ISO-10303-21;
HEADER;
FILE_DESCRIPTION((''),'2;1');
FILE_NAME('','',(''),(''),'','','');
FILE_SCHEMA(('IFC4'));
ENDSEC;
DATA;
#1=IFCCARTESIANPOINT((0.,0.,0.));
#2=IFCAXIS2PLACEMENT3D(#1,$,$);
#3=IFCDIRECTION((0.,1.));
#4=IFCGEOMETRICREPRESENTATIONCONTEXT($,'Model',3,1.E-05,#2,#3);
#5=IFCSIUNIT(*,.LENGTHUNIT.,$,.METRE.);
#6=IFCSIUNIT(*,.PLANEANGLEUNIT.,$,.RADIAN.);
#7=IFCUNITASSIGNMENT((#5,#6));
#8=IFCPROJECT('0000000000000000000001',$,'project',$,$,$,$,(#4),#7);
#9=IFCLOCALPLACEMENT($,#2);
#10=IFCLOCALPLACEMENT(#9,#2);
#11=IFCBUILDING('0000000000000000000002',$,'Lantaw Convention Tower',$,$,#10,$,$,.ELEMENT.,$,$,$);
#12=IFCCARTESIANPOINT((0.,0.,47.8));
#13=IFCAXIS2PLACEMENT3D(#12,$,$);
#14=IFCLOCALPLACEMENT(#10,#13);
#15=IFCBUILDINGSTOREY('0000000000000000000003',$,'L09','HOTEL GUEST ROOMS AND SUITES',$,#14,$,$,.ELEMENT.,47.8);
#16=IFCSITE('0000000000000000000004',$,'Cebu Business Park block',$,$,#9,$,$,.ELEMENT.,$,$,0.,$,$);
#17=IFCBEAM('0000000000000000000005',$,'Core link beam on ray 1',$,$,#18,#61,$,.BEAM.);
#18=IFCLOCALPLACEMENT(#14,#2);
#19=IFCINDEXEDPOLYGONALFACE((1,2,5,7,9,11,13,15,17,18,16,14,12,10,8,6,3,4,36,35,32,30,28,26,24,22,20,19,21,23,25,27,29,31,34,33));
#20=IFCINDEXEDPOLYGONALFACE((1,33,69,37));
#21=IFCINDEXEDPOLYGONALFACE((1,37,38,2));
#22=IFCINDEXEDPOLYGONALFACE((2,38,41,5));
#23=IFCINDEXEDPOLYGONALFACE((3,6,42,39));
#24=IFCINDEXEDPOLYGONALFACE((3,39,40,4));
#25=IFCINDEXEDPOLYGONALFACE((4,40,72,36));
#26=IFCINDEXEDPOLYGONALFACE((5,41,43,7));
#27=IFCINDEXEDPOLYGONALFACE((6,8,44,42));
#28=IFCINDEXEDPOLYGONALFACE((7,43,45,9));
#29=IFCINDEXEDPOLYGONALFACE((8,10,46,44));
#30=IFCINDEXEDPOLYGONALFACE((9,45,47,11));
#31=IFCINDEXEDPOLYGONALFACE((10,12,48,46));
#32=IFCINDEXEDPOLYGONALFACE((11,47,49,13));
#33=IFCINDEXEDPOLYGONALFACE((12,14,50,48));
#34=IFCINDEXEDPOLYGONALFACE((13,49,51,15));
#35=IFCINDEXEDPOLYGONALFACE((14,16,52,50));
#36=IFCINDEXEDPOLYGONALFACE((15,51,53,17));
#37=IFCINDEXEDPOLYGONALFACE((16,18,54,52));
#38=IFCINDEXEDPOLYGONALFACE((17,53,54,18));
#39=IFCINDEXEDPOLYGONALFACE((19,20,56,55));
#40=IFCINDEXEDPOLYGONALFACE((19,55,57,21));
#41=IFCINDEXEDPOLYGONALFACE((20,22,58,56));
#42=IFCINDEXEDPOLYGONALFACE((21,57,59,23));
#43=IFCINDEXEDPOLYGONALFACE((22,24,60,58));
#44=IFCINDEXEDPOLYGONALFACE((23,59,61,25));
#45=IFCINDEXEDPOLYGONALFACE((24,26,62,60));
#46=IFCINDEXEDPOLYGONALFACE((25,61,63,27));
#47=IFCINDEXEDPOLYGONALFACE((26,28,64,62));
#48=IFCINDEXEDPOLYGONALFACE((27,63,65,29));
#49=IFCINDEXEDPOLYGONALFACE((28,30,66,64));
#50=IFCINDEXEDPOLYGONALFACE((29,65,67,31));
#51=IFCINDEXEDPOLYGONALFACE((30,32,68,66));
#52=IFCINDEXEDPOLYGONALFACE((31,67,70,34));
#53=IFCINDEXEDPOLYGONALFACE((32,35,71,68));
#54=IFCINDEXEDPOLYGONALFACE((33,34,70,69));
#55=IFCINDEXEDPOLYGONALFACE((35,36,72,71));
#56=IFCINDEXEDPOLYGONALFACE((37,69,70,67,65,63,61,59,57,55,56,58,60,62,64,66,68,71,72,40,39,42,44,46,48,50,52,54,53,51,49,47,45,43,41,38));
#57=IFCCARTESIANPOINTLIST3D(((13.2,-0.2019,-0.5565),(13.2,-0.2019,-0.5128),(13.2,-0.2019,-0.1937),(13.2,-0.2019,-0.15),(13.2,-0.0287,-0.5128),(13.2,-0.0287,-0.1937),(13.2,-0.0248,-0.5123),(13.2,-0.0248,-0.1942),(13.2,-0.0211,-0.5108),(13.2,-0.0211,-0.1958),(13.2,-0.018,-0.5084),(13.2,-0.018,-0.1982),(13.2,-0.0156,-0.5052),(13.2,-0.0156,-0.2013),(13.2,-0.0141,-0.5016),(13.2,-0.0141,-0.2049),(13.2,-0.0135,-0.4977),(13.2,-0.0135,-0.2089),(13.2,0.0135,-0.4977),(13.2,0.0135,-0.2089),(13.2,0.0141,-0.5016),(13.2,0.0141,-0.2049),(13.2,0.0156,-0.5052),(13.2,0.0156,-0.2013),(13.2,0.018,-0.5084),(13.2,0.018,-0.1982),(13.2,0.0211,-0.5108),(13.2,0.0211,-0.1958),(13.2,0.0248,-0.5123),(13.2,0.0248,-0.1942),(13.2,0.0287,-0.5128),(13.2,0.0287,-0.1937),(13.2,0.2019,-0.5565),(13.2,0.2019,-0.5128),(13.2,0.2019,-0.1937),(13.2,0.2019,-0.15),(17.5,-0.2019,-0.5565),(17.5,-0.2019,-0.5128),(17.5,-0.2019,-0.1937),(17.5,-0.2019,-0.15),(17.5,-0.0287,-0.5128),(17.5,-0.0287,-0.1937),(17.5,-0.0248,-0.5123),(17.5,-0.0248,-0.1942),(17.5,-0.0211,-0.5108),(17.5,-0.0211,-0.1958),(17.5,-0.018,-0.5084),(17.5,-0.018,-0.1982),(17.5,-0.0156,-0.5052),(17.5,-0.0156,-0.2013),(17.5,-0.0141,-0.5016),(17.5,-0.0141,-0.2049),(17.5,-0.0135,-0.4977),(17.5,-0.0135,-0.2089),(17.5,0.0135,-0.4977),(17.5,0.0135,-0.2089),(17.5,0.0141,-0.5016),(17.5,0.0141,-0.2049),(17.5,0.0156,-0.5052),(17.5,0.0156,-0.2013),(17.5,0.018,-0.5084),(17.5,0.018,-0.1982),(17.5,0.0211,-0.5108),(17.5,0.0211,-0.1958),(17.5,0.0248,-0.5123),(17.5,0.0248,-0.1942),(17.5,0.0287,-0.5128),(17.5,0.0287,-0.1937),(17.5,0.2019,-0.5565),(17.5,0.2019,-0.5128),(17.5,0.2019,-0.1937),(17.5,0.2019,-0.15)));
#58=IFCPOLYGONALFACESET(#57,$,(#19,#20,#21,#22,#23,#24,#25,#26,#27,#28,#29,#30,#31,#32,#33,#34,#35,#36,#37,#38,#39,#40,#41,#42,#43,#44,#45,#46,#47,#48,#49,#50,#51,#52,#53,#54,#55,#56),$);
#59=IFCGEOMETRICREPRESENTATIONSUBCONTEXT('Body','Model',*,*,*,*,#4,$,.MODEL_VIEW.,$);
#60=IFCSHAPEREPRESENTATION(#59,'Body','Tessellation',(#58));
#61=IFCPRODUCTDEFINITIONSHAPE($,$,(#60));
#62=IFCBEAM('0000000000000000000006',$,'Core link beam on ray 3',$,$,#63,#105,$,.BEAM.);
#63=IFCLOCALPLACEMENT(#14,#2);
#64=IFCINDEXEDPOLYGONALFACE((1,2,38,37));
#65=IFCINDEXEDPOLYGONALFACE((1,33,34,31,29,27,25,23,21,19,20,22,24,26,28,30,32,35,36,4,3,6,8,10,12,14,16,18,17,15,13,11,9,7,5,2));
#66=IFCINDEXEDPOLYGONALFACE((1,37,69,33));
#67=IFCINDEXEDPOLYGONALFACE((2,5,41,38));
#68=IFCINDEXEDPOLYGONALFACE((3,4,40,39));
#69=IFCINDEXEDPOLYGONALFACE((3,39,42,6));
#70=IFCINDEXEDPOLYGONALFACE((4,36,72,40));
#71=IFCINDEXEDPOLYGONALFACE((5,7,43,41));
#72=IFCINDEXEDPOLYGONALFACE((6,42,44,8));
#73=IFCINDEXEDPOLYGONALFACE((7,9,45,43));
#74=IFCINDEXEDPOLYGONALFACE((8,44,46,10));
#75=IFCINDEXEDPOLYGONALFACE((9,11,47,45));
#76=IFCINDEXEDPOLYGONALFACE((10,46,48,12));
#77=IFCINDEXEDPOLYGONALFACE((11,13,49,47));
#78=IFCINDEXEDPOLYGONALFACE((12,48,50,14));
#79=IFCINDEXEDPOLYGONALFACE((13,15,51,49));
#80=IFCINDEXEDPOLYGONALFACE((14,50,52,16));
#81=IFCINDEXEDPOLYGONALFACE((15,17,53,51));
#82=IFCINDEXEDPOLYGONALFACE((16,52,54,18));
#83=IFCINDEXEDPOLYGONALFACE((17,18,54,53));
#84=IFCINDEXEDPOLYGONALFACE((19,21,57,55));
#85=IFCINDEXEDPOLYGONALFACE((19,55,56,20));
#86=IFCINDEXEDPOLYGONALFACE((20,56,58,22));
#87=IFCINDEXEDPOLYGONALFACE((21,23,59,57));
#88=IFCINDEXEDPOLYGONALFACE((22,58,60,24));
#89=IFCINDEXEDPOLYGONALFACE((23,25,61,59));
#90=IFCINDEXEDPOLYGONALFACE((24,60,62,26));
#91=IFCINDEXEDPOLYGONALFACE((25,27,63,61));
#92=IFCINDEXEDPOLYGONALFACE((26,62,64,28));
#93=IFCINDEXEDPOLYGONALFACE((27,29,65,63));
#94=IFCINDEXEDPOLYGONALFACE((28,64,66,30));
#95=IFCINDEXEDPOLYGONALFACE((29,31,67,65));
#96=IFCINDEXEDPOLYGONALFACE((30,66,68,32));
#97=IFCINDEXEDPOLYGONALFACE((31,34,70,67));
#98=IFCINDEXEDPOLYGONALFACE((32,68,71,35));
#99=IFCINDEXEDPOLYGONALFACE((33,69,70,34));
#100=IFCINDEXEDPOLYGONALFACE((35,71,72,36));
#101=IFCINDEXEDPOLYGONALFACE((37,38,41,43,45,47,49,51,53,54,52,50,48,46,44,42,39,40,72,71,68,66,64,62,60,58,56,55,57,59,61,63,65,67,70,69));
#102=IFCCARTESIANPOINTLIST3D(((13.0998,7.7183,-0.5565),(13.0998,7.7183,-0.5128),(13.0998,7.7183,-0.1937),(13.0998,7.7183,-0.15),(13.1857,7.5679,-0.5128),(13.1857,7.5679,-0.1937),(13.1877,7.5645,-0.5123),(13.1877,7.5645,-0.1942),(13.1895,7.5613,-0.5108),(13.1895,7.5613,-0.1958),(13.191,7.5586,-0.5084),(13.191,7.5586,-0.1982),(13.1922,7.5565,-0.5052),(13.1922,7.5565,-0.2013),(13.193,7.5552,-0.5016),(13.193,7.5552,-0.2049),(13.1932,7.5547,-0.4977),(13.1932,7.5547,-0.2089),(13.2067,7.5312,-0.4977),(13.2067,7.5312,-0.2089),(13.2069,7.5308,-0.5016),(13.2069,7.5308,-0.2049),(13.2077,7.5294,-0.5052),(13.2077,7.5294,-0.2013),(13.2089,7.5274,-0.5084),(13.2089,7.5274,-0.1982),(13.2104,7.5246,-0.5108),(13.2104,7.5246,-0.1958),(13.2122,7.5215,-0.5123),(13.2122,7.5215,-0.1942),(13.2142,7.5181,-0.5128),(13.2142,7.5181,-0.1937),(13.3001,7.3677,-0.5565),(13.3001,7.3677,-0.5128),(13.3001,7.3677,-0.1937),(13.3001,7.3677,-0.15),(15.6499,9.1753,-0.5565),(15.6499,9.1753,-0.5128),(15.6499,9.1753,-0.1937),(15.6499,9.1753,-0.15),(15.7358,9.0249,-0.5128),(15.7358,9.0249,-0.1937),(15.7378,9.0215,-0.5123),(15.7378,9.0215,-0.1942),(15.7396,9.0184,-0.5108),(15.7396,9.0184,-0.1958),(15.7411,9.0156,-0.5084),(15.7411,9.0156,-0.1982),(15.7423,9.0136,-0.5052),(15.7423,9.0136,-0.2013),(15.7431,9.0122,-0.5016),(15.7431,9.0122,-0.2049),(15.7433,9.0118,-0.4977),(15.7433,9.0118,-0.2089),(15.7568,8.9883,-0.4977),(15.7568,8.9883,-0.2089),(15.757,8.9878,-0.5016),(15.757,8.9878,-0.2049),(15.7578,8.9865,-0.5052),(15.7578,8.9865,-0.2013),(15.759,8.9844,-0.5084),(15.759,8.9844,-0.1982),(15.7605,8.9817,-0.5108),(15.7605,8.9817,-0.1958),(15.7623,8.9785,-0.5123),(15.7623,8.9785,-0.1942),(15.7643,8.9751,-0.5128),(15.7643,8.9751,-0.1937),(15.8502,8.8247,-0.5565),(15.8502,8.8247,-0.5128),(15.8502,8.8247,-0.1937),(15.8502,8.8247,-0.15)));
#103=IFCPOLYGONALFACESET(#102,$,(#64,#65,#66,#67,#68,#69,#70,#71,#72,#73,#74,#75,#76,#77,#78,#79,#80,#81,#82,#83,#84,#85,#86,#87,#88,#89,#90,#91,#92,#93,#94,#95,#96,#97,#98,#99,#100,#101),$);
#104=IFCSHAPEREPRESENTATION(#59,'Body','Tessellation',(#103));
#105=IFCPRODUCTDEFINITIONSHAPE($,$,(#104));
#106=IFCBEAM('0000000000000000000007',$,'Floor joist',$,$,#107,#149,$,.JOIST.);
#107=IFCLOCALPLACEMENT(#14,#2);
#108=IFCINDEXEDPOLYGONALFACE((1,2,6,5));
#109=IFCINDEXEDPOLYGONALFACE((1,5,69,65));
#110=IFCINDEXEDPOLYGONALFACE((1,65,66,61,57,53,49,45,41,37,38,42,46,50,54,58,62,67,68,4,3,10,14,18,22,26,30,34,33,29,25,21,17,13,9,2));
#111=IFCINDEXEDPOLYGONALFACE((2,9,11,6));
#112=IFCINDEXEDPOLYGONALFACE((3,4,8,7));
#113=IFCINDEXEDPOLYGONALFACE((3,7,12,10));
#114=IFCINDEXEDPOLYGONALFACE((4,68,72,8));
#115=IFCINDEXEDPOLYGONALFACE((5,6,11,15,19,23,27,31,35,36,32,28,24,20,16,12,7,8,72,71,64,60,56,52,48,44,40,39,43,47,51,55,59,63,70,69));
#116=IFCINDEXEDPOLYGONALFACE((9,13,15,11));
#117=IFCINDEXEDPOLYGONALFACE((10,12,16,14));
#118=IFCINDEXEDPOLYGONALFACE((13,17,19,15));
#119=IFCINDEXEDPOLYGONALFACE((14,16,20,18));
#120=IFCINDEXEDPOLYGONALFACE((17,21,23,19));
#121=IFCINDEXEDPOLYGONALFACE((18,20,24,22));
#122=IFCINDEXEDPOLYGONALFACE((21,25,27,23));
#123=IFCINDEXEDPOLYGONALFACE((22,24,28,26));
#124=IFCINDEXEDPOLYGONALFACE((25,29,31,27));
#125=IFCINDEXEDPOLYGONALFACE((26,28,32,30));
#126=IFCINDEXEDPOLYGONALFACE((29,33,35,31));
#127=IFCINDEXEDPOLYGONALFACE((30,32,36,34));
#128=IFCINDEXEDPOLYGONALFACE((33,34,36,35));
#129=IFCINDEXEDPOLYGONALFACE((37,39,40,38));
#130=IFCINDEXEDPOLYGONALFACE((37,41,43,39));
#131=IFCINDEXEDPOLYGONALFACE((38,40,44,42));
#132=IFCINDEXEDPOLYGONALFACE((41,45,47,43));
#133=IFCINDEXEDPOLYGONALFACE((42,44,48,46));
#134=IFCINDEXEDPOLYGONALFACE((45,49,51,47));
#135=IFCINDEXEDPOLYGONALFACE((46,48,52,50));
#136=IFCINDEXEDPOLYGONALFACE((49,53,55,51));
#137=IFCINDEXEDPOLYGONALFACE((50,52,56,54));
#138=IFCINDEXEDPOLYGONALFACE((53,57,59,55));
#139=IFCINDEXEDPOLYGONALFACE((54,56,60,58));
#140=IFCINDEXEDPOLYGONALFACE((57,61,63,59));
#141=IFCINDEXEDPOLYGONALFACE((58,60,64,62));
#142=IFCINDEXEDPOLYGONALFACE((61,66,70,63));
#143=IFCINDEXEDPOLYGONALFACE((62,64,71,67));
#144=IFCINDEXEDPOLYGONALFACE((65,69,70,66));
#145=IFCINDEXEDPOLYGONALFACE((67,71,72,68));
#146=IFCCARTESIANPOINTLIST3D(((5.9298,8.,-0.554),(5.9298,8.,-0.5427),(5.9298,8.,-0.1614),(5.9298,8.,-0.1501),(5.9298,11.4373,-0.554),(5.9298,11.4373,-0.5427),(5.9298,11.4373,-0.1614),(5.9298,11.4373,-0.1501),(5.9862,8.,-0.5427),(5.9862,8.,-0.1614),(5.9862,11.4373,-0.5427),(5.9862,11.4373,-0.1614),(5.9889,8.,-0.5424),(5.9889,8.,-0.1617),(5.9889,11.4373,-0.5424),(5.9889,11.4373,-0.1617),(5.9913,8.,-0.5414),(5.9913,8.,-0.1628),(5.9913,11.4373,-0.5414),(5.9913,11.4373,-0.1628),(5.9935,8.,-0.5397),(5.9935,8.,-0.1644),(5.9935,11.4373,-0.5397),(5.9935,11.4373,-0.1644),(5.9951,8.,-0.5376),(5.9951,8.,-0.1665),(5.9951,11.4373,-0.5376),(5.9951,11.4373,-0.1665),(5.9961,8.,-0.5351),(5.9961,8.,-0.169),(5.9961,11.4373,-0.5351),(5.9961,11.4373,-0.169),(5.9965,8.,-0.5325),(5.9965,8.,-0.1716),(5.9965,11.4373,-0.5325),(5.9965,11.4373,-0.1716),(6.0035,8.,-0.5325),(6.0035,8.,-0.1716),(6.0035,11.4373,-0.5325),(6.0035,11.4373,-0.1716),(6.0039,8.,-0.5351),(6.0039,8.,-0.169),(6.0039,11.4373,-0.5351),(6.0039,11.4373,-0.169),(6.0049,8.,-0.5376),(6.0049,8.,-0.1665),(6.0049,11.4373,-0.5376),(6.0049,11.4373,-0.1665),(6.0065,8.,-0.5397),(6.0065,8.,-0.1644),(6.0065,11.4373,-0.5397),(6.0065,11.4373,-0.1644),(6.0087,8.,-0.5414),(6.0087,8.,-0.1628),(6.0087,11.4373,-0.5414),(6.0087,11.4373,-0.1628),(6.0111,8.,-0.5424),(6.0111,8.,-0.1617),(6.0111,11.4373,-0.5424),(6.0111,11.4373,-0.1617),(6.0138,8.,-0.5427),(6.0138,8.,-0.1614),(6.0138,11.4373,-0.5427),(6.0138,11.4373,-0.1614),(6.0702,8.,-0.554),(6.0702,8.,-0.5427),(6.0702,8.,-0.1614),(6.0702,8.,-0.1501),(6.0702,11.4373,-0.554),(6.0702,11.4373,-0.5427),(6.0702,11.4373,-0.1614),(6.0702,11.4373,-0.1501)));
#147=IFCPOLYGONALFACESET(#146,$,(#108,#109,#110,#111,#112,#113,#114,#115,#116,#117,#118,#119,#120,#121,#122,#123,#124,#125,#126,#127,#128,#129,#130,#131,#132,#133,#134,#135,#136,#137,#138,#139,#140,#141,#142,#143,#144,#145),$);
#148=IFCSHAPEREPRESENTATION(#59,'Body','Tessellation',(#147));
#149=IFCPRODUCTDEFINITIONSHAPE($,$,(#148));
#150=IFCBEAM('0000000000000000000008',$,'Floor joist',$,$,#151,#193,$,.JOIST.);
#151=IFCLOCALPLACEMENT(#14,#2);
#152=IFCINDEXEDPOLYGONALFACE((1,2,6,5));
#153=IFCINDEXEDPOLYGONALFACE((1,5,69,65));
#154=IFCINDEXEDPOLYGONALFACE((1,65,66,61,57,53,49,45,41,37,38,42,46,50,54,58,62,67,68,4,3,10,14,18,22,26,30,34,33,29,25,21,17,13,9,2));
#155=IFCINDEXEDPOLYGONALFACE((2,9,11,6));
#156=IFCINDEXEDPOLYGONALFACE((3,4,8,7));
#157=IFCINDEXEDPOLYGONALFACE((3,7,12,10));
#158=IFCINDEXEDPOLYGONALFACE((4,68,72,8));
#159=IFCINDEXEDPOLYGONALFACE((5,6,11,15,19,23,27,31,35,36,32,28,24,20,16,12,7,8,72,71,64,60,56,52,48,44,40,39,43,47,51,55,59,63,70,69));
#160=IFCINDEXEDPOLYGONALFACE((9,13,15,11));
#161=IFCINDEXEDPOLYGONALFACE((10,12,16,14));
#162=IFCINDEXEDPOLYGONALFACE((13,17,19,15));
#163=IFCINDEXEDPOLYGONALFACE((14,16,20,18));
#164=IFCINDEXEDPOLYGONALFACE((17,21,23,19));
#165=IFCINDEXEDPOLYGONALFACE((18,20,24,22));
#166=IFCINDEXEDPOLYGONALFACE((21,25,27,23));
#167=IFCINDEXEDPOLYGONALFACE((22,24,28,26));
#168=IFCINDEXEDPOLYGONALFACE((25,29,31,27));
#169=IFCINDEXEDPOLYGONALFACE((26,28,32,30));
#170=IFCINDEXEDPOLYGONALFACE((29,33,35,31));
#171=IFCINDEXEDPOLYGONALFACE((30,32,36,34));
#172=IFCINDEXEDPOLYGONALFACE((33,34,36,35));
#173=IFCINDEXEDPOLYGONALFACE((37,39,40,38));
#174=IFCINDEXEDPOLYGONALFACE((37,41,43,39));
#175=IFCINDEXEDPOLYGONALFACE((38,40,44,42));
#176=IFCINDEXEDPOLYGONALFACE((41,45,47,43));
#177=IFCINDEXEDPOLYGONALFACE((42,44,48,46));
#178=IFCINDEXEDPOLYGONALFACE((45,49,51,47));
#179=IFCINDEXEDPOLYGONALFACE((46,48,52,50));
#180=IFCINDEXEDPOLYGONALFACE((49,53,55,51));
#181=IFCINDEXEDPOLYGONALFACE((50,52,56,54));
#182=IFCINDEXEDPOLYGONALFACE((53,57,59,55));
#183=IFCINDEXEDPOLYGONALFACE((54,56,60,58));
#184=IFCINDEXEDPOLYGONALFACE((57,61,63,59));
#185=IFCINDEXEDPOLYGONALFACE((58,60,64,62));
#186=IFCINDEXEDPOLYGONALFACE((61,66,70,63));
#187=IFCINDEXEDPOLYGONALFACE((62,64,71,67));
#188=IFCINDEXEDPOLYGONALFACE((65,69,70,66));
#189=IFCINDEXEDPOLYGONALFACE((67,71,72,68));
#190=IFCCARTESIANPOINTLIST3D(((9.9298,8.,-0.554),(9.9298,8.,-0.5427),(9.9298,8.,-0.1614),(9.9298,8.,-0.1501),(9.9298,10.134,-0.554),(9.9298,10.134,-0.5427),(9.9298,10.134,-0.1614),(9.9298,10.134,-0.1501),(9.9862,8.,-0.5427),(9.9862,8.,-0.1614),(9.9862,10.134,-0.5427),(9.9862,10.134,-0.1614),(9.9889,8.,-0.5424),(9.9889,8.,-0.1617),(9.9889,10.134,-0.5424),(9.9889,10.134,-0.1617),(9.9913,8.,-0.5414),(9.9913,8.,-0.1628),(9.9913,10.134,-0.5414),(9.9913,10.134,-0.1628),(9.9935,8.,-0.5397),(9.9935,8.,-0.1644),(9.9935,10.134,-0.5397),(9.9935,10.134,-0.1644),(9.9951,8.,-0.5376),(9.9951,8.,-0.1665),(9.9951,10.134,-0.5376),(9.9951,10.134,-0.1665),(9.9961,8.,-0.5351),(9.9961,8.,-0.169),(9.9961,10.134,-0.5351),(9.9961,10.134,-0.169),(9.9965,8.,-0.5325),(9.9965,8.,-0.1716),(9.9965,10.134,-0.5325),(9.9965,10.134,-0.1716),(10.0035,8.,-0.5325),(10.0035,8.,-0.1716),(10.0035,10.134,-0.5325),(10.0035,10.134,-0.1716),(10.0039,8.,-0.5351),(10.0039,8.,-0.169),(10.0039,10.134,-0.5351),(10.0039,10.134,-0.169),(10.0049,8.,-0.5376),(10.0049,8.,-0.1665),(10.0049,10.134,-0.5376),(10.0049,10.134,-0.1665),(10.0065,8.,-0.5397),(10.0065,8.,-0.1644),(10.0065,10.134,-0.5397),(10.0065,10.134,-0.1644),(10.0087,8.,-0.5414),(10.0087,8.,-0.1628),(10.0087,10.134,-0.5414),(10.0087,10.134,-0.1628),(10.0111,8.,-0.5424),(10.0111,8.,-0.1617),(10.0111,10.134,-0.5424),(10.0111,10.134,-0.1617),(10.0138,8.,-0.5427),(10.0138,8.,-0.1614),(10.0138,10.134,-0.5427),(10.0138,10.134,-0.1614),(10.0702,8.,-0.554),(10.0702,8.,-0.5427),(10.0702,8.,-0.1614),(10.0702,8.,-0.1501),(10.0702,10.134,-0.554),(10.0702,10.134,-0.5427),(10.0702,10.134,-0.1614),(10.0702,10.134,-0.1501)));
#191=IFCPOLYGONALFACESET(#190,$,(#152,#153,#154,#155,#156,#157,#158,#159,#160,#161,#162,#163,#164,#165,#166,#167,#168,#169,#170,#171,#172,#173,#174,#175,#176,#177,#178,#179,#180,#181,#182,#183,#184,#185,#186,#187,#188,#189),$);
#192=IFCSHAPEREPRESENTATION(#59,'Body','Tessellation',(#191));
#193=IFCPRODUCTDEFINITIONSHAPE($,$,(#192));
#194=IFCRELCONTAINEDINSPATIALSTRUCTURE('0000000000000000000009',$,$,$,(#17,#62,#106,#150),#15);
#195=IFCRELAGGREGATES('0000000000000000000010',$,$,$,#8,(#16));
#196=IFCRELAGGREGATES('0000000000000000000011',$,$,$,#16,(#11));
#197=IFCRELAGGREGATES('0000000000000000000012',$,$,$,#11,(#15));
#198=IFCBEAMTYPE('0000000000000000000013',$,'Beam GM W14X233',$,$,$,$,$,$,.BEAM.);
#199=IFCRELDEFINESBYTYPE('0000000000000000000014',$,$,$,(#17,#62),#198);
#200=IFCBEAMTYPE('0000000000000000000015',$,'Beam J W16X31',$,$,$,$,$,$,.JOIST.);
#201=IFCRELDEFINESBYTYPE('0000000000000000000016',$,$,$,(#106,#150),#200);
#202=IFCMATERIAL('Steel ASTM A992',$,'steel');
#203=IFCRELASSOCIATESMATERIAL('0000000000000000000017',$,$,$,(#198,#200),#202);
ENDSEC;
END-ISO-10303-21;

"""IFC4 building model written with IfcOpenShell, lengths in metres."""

from ifc_helpers import new_model, si_unit, direction, frame, origin, origin_2d, place, context, subcontext, project, spatial, i_section, extrude, material, material_profile, profile_set, type_object, element, save


model = new_model("IFC4")

# Units and contexts
model_context = context("Model", 3, precision=1e-05, world=origin(), true_north=direction((0.0, 1.0)))
body_context = subcontext(model_context, "Body", "Model", "MODEL_VIEW")
ifc_project = project(units=[si_unit("LENGTHUNIT", "METRE"), si_unit("PLANEANGLEUNIT", "RADIAN")], contexts=[model_context])

# Site, building, storey
site_placement = place(None, origin())
site = spatial("IfcSite", under=ifc_project, at=site_placement, Name="Cebu Business Park block", CompositionType="ELEMENT", RefElevation=0.0)
building_placement = place(site_placement, origin())
building = spatial("IfcBuilding", under=site, at=building_placement, Name="Lantaw Convention Tower", CompositionType="ELEMENT")
storey_placement = place(building_placement, frame((0.0, 0.0, 47.8)))
storey = spatial("IfcBuildingStorey", under=building, at=storey_placement, Name="L09", Description="HOTEL GUEST ROOMS AND SUITES", CompositionType="ELEMENT", Elevation=47.8)

# Beams
ifc_material_1 = material(Name="Steel ASTM A992", Category="steel")
ifc_material_profile_1 = material_profile(ifc_material_1, i_section(OverallWidth=0.4038, OverallDepth=0.4065, WebThickness=0.0271, FlangeThickness=0.0437, FilletRadius=0.0151, at=origin_2d()), Name="W14X233")
ifc_profile_set_1 = profile_set([ifc_material_profile_1], Name="Steel ASTM A992")
beam_type_1 = type_object("IfcBeamType", Name="Beam GM W14X233", PredefinedType="BEAM", material=ifc_profile_set_1)
beam_1_placement = place(storey_placement, frame((13.2, 0.0, -0.3533), z_axis=(1.0, 0.0, 0.0), x_axis=(0.0, 1.0, 0.0)))
element("IfcBeam", 1, at=beam_1_placement, inside=storey, type_object=beam_type_1, Name="Core link beam on ray 1", PredefinedType="BEAM", context=body_context, shape_type="SweptSolid", body=[
    extrude(i_section(OverallWidth=0.4038, OverallDepth=0.4065, WebThickness=0.0271, FlangeThickness=0.0437, FilletRadius=0.0151, at=origin_2d()), origin(), (0.0, 0.0, 1.0), 4.3),
])
beam_2_placement = place(storey_placement, frame((13.2, 7.543, -0.3533), z_axis=(0.868264, 0.496103, 0.0), x_axis=(-0.496103, 0.868264, 0.0)))
element("IfcBeam", 2, at=beam_2_placement, inside=storey, type_object=beam_type_1, Name="Core link beam on ray 3", PredefinedType="BEAM", context=body_context, shape_type="SweptSolid", body=[
    extrude(i_section(OverallWidth=0.4038, OverallDepth=0.4065, WebThickness=0.0271, FlangeThickness=0.0437, FilletRadius=0.0151, at=origin_2d()), origin(), (0.0, 0.0, 1.0), 2.937),
])
ifc_material_profile_2 = material_profile(ifc_material_1, i_section(OverallWidth=0.1404, OverallDepth=0.4038, WebThickness=0.0071, FlangeThickness=0.0112, FilletRadius=0.0103, at=origin_2d()), Name="W16X31")
ifc_profile_set_2 = profile_set([ifc_material_profile_2], Name="Steel ASTM A992")
beam_type_2 = type_object("IfcBeamType", Name="Beam J W16X31", PredefinedType="JOIST", material=ifc_profile_set_2)
beam_3_placement = place(storey_placement, frame((6.0, 8.0, -0.3521), z_axis=(0.0, 1.0, 0.0), x_axis=(-1.0, 0.0, 0.0)))
element("IfcBeam", 3, at=beam_3_placement, inside=storey, type_object=beam_type_2, Name="Floor joist", PredefinedType="JOIST", context=body_context, shape_type="SweptSolid", body=[
    extrude(i_section(OverallWidth=0.1404, OverallDepth=0.4038, WebThickness=0.0071, FlangeThickness=0.0112, FilletRadius=0.0103, at=origin_2d()), origin(), (0.0, 0.0, 1.0), 3.4373),
])
beam_4_placement = place(storey_placement, frame((10.0, 8.0, -0.3521), z_axis=(0.0, 1.0, 0.0), x_axis=(-1.0, 0.0, 0.0)))
element("IfcBeam", 4, at=beam_4_placement, inside=storey, type_object=beam_type_2, Name="Floor joist", PredefinedType="JOIST", context=body_context, shape_type="SweptSolid", body=[
    extrude(i_section(OverallWidth=0.1404, OverallDepth=0.4038, WebThickness=0.0071, FlangeThickness=0.0112, FilletRadius=0.0103, at=origin_2d()), origin(), (0.0, 0.0, 1.0), 2.134),
])

save(model, "model.ifc")
